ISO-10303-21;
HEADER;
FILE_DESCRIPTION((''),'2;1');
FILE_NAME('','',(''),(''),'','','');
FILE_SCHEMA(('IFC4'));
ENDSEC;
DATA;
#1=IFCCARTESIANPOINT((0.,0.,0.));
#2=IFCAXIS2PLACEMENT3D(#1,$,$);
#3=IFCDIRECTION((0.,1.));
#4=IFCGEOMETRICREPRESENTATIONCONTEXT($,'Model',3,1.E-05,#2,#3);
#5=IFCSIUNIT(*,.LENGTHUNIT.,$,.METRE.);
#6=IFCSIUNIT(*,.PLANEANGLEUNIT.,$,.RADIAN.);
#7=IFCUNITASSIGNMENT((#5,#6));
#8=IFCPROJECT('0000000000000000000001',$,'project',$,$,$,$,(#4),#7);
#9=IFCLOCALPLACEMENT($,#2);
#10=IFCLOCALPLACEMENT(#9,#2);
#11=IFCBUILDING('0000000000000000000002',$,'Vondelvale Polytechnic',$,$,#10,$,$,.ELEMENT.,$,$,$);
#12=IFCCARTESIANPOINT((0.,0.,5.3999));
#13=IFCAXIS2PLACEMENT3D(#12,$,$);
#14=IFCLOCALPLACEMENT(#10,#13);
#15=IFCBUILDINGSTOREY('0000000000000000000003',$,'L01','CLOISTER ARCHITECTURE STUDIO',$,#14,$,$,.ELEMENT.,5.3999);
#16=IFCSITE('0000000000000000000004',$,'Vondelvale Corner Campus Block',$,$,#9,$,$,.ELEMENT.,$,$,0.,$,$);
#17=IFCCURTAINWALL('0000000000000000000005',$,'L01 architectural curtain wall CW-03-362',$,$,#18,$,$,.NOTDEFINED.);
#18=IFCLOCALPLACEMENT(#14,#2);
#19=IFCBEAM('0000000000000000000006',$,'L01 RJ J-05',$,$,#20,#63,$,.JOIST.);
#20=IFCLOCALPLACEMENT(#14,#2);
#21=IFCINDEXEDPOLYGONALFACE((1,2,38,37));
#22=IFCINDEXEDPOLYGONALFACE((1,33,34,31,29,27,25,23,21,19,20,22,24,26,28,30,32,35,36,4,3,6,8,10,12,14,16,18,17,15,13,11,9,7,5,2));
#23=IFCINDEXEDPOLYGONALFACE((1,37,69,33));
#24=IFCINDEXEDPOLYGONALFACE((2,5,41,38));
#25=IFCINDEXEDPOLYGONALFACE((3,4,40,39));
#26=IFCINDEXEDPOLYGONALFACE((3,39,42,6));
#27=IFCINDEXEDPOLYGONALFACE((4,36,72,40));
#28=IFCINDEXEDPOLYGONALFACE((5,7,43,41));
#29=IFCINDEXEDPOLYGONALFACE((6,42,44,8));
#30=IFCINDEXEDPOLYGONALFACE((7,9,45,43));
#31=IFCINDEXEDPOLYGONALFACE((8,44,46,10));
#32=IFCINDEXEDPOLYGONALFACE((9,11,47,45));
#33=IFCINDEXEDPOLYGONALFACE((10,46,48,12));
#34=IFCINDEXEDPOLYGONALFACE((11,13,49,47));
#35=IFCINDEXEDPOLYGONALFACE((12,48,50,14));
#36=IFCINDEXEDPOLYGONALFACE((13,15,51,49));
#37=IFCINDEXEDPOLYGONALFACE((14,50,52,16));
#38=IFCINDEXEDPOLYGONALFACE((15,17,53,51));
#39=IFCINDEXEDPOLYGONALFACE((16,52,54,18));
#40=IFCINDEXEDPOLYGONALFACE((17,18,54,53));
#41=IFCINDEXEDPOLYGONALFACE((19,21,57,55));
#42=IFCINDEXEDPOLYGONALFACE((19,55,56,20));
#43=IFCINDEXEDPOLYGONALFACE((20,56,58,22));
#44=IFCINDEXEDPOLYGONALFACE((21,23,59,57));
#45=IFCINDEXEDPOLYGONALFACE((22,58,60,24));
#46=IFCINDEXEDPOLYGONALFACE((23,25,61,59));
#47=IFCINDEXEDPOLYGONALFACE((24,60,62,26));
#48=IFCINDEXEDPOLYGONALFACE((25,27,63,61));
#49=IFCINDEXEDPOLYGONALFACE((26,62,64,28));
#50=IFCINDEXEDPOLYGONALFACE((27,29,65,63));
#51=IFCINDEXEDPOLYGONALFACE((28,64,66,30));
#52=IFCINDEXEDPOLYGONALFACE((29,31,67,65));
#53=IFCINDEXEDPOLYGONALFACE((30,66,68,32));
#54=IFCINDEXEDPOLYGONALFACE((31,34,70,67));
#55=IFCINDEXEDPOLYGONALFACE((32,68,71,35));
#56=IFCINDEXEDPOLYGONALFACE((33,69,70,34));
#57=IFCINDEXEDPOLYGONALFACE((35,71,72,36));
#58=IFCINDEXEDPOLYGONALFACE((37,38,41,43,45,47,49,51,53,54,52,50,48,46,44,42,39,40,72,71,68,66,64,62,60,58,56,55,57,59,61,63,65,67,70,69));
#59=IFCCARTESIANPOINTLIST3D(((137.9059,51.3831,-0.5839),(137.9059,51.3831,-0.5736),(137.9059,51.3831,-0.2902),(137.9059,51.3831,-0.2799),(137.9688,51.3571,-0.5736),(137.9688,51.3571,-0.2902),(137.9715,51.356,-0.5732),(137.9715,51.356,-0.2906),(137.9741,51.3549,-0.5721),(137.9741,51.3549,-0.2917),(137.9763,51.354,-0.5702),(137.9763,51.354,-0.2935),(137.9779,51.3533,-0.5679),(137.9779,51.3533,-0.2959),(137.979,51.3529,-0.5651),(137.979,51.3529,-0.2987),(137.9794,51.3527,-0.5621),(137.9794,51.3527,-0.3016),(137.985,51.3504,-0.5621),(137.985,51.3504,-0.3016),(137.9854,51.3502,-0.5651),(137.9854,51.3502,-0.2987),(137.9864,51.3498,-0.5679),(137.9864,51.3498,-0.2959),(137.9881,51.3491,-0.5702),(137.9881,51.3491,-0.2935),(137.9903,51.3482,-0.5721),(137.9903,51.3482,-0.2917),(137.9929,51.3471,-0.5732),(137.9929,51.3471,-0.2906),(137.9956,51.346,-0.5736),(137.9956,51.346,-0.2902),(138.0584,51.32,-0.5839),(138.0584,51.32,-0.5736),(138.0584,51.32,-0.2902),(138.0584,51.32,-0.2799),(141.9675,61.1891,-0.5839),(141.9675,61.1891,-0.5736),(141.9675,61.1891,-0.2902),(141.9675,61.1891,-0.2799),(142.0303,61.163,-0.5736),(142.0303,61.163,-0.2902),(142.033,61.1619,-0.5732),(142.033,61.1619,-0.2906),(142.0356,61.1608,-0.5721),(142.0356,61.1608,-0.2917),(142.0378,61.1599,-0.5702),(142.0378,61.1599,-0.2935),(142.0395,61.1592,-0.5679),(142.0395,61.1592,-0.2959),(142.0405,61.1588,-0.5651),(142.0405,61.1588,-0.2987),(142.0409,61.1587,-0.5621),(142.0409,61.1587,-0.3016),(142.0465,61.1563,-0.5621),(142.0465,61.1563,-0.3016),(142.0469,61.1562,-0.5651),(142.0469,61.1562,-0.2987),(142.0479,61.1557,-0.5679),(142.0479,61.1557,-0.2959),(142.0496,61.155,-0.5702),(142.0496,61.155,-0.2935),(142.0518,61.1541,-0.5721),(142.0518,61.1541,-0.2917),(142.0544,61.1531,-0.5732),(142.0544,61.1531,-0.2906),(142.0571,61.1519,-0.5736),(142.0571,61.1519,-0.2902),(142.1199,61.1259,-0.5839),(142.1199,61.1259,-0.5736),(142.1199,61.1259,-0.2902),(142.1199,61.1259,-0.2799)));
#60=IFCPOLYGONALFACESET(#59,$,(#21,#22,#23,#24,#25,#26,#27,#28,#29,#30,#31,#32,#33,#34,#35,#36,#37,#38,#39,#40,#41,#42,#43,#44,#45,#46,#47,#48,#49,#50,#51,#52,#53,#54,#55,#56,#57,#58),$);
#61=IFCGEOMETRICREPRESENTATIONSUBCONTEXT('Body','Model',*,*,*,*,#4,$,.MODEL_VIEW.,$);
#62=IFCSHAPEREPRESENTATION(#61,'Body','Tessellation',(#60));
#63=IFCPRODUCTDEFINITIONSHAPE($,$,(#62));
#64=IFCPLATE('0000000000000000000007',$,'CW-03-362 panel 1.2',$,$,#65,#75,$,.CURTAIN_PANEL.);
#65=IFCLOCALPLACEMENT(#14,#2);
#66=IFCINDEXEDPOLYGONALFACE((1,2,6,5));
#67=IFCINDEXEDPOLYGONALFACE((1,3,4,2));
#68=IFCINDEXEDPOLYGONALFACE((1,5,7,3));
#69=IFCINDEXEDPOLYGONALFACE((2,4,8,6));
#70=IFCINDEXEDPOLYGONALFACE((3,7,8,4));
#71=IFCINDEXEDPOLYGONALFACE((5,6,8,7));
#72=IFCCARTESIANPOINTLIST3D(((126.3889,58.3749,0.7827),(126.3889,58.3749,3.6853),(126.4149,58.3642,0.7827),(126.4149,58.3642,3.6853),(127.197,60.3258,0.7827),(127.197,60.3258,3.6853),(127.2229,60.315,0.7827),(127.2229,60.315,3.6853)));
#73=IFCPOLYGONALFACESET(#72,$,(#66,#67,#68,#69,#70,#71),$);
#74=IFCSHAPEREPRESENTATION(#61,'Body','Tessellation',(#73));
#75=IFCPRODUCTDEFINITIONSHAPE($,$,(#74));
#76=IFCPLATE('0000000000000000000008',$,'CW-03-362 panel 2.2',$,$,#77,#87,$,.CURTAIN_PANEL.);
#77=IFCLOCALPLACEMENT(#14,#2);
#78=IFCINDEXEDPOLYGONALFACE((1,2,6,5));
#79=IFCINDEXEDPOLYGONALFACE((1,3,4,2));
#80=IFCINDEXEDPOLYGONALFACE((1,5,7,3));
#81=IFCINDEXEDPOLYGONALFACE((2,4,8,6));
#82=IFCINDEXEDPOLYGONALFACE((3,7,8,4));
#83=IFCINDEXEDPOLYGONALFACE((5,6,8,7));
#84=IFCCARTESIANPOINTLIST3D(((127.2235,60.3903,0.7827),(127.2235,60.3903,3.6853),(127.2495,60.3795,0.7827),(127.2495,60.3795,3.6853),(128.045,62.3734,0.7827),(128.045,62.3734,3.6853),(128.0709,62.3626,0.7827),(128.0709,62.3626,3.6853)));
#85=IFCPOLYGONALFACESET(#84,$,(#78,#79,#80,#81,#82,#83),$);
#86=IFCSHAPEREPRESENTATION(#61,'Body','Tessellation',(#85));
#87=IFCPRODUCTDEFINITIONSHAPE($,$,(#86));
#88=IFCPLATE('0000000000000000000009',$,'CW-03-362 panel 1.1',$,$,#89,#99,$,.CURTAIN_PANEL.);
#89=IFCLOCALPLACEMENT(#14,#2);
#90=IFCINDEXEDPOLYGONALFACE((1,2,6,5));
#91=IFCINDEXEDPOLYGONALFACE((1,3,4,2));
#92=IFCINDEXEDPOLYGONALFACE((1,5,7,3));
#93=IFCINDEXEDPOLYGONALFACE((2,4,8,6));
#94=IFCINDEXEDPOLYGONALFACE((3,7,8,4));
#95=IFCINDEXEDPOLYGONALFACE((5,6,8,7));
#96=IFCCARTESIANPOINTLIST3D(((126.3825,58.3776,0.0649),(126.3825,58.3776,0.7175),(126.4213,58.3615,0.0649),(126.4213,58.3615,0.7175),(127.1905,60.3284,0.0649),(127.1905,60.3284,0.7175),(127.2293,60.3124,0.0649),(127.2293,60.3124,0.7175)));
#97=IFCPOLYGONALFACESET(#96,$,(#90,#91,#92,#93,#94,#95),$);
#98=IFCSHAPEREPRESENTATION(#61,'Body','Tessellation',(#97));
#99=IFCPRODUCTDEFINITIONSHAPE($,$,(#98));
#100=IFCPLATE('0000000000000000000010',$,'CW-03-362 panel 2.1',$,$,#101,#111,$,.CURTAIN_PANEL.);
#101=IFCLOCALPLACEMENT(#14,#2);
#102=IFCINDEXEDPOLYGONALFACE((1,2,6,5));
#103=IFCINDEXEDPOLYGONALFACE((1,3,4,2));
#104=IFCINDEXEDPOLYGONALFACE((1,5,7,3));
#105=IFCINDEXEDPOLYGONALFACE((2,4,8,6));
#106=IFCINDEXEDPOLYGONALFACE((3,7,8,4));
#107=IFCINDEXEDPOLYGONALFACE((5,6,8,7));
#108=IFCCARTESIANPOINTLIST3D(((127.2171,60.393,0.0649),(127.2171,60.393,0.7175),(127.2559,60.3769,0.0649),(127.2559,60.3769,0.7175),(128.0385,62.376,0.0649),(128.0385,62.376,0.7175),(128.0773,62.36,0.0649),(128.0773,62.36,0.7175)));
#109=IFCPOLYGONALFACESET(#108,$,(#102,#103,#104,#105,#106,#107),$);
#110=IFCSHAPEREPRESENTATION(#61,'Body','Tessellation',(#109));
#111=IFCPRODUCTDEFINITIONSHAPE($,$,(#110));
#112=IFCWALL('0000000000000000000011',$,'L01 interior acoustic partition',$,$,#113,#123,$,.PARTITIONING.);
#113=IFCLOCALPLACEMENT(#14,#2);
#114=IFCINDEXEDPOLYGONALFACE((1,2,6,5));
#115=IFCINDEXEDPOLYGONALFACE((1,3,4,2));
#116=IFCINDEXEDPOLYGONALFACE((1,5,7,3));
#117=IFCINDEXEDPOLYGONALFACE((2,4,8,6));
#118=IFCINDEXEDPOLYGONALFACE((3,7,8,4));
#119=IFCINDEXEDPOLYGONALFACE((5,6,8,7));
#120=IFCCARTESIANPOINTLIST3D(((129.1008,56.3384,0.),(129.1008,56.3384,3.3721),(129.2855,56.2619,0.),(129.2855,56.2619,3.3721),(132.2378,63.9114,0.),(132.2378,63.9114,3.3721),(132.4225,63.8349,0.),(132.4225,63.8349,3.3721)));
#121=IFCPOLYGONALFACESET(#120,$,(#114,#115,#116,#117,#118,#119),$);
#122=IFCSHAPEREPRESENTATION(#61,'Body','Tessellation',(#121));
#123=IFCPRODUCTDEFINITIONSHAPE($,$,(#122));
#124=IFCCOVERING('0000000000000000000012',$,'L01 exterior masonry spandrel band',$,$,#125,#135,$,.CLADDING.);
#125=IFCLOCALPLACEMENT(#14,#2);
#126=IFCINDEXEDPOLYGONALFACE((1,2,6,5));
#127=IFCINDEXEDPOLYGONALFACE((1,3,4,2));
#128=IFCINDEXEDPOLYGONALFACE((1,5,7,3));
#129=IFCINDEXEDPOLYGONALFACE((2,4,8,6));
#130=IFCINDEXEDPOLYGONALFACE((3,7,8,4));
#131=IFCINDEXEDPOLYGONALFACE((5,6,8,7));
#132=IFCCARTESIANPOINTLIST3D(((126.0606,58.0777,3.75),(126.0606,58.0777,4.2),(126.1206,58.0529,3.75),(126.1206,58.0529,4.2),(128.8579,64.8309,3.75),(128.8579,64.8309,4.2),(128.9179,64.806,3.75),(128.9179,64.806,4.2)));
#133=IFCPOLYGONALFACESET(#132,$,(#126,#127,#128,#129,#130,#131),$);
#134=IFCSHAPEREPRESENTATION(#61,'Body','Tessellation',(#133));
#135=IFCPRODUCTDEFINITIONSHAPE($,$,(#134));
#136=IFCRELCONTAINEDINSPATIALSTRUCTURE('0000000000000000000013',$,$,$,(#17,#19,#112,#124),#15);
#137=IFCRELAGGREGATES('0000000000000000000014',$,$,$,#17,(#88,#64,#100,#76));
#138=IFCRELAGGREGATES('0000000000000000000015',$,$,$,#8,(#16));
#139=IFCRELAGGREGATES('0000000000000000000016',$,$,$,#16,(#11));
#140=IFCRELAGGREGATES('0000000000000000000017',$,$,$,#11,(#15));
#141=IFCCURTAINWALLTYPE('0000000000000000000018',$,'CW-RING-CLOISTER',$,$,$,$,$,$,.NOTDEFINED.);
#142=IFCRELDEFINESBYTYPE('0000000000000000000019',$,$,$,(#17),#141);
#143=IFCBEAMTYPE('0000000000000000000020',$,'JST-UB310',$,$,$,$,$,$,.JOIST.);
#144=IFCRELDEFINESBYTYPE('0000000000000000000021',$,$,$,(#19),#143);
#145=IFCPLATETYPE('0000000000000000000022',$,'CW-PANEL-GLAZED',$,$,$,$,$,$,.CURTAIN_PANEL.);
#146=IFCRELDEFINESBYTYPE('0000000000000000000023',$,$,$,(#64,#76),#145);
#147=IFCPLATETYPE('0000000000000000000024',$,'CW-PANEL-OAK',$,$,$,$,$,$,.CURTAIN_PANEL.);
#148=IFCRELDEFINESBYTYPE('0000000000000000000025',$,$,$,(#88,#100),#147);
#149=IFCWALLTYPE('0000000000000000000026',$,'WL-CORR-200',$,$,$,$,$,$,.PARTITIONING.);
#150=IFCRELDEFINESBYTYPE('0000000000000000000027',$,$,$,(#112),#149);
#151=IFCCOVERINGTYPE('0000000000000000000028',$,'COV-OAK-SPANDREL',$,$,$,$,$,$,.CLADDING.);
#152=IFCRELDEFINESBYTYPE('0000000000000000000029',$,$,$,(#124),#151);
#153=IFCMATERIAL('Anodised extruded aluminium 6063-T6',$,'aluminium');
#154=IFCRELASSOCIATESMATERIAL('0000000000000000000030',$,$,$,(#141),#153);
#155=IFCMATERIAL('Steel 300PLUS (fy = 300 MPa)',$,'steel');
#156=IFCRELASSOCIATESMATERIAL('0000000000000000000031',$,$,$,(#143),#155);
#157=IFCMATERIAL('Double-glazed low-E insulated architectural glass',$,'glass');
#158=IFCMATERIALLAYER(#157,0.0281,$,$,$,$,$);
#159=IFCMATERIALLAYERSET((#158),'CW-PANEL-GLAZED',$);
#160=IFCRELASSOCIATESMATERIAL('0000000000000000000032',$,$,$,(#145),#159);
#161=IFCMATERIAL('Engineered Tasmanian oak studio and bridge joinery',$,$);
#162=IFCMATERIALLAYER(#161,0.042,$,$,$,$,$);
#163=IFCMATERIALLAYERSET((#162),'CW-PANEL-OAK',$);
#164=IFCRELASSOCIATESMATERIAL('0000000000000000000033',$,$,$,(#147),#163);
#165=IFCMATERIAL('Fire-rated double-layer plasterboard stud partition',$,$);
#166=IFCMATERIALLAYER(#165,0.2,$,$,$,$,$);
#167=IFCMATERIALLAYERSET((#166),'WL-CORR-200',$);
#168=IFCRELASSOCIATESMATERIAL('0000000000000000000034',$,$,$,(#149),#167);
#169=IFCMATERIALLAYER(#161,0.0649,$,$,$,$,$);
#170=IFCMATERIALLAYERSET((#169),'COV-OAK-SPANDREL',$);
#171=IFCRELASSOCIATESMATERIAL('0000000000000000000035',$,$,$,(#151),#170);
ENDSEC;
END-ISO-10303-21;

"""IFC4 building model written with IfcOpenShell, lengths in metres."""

from ifc_helpers import new_model, si_unit, direction, frame, frame_2d, origin, origin_2d, place, context, subcontext, project, spatial, rectangle, i_section, extrude, material, layer, layer_set, material_profile, profile_set, type_object, element, aggregate, save


model = new_model("IFC4")

# Units and contexts
model_context = context("Model", 3, precision=1e-05, world=origin(), true_north=direction((0.0, 1.0)))
body_context = subcontext(model_context, "Body", "Model", "MODEL_VIEW")
ifc_project = project(units=[si_unit("LENGTHUNIT", "METRE"), si_unit("PLANEANGLEUNIT", "RADIAN")], contexts=[model_context])

# Site, building, storey
site_placement = place(None, origin())
site = spatial("IfcSite", under=ifc_project, at=site_placement, Name="Vondelvale Corner Campus Block", CompositionType="ELEMENT", RefElevation=0.0)
building_placement = place(site_placement, origin())
building = spatial("IfcBuilding", under=site, at=building_placement, Name="Vondelvale Polytechnic", CompositionType="ELEMENT")
storey_placement = place(building_placement, frame((0.0, 0.0, 5.3999)))
storey = spatial("IfcBuildingStorey", under=building, at=storey_placement, Name="L01", Description="CLOISTER ARCHITECTURE STUDIO", CompositionType="ELEMENT", Elevation=5.3999)

# Shared definitions
ifc_material_1 = material(Name="Steel 300PLUS (fy = 300 MPa)", Category="steel")

# Curtain wall
ifc_material_2 = material(Name="Anodised extruded aluminium 6063-T6", Category="aluminium")
curtain_wall_type = type_object("IfcCurtainWallType", Name="CW-RING-CLOISTER", PredefinedType="NOTDEFINED", material=ifc_material_2)
curtain_wall_placement = place(storey_placement, origin())
curtain_wall = element("IfcCurtainWall", 1, at=curtain_wall_placement, inside=storey, type_object=curtain_wall_type, Name="L01 architectural curtain wall CW-03-362", PredefinedType="NOTDEFINED")

# Beam
ifc_material_profile_1 = material_profile(ifc_material_1, i_section(OverallWidth=0.165, OverallDepth=0.304, WebThickness=0.0061, FlangeThickness=0.0103, FilletRadius=0.0115, at=origin_2d()), Name="310UB40.4")
ifc_profile_set_1 = profile_set([ifc_material_profile_1], Name="Steel 300PLUS (fy = 300 MPa)")
beam_type_1 = type_object("IfcBeamType", Name="JST-UB310", PredefinedType="JOIST", material=ifc_profile_set_1)
beam_1_placement = place(storey_placement, frame((137.9822, 51.3516, -0.4319), z_axis=(0.382666, 0.923887, 0.0), x_axis=(-0.923887, 0.382666, 0.0)))
element("IfcBeam", 2, at=beam_1_placement, inside=storey, type_object=beam_type_1, Name="L01 RJ J-05", PredefinedType="JOIST", context=body_context, shape_type="SweptSolid", body=[
    extrude(i_section(OverallWidth=0.165, OverallDepth=0.304, WebThickness=0.0061, FlangeThickness=0.0103, FilletRadius=0.0115, at=origin_2d()), origin(), (0.0, 0.0, 1.0), 10.6138),
])

# Plates
ifc_material_3 = material(Name="Double-glazed low-E insulated architectural glass", Category="glass")
ifc_layer_1 = layer(ifc_material_3, 0.0281)
ifc_layer_set_1 = layer_set([ifc_layer_1], Name="CW-PANEL-GLAZED")
plate_type_1 = type_object("IfcPlateType", Name="CW-PANEL-GLAZED", PredefinedType="CURTAIN_PANEL", material=ifc_layer_set_1)
plate_1_placement = place(storey_placement, frame((126.8059, 59.345, 0.7827), z_axis=(0.0, 0.0, 1.0), x_axis=(0.382679, 0.923882, 0.0)))
plate_1 = element("IfcPlate", 3, at=plate_1_placement, type_object=plate_type_1, Name="CW-03-362 panel 1.2", PredefinedType="CURTAIN_PANEL", context=body_context, shape_type="SweptSolid", body=[
    extrude(rectangle(XDim=2.1116, YDim=0.0281, at=origin_2d()), origin(), (0.0, 0.0, 1.0), 2.9026),
])
plate_2_placement = place(storey_placement, frame((127.6472, 61.3765, 0.7827), z_axis=(0.0, 0.0, 1.0), x_axis=(0.382679, 0.923882, 0.0)))
plate_2 = element("IfcPlate", 4, at=plate_2_placement, type_object=plate_type_1, Name="CW-03-362 panel 2.2", PredefinedType="CURTAIN_PANEL", context=body_context, shape_type="SweptSolid", body=[
    extrude(rectangle(XDim=2.1465, YDim=0.0281, at=origin_2d()), origin(), (0.0, 0.0, 1.0), 2.9026),
])
ifc_material_4 = material(Name="Engineered Tasmanian oak studio and bridge joinery")
ifc_layer_2 = layer(ifc_material_4, 0.042)
ifc_layer_set_2 = layer_set([ifc_layer_2], Name="CW-PANEL-OAK")
plate_type_2 = type_object("IfcPlateType", Name="CW-PANEL-OAK", PredefinedType="CURTAIN_PANEL", material=ifc_layer_set_2)
plate_3_placement = place(storey_placement, frame((126.8059, 59.345, 0.0649), z_axis=(0.0, 0.0, 1.0), x_axis=(0.382679, 0.923882, 0.0)))
plate_3 = element("IfcPlate", 5, at=plate_3_placement, type_object=plate_type_2, Name="CW-03-362 panel 1.1", PredefinedType="CURTAIN_PANEL", context=body_context, shape_type="SweptSolid", body=[
    extrude(rectangle(XDim=2.1116, YDim=0.042, at=origin_2d()), origin(), (0.0, 0.0, 1.0), 0.6526),
])
plate_4_placement = place(storey_placement, frame((127.6472, 61.3765, 0.0649), z_axis=(0.0, 0.0, 1.0), x_axis=(0.382679, 0.923882, 0.0)))
plate_4 = element("IfcPlate", 6, at=plate_4_placement, type_object=plate_type_2, Name="CW-03-362 panel 2.1", PredefinedType="CURTAIN_PANEL", context=body_context, shape_type="SweptSolid", body=[
    extrude(rectangle(XDim=2.1465, YDim=0.042, at=origin_2d()), origin(), (0.0, 0.0, 1.0), 0.6526),
])
aggregate(curtain_wall, [plate_3, plate_1, plate_4, plate_2])

# Wall
ifc_material_5 = material(Name="Fire-rated double-layer plasterboard stud partition")
ifc_layer_3 = layer(ifc_material_5, 0.2)
ifc_layer_set_3 = layer_set([ifc_layer_3], Name="WL-CORR-200")
wall_type = type_object("IfcWallType", Name="WL-CORR-200", PredefinedType="PARTITIONING", material=ifc_layer_set_3)
wall_placement = place(storey_placement, frame((129.1931, 56.3, 0.0), z_axis=(0.0, 0.0, 1.0), x_axis=(0.382696, 0.923874, 0.0)))
element("IfcWall", 7, at=wall_placement, inside=storey, type_object=wall_type, Name="L01 interior acoustic partition", PredefinedType="PARTITIONING", context=body_context, shape_type="SweptSolid", body=[
    extrude(rectangle(XDim=8.197, YDim=0.2, at=frame_2d((4.0986, 0.0))), origin(), (0.0, 0.0, 1.0), 3.3721),
])

# Covering
ifc_layer_4 = layer(ifc_material_4, 0.0649)
ifc_layer_set_4 = layer_set([ifc_layer_4], Name="COV-OAK-SPANDREL")
covering_type = type_object("IfcCoveringType", Name="COV-OAK-SPANDREL", PredefinedType="CLADDING", material=ifc_layer_set_4)
covering_placement = place(storey_placement, frame((127.4893, 61.4419, 3.75), z_axis=(0.0, 0.0, 1.0), x_axis=(0.382683, 0.92388, 0.0)))
element("IfcCovering", 8, at=covering_placement, inside=storey, type_object=covering_type, Name="L01 exterior masonry spandrel band", PredefinedType="CLADDING", context=body_context, shape_type="SweptSolid", body=[
    extrude(rectangle(XDim=7.3096, YDim=0.0649, at=origin_2d()), origin(), (0.0, 0.0, 1.0), 0.45),
])

save(model, "model.ifc")
